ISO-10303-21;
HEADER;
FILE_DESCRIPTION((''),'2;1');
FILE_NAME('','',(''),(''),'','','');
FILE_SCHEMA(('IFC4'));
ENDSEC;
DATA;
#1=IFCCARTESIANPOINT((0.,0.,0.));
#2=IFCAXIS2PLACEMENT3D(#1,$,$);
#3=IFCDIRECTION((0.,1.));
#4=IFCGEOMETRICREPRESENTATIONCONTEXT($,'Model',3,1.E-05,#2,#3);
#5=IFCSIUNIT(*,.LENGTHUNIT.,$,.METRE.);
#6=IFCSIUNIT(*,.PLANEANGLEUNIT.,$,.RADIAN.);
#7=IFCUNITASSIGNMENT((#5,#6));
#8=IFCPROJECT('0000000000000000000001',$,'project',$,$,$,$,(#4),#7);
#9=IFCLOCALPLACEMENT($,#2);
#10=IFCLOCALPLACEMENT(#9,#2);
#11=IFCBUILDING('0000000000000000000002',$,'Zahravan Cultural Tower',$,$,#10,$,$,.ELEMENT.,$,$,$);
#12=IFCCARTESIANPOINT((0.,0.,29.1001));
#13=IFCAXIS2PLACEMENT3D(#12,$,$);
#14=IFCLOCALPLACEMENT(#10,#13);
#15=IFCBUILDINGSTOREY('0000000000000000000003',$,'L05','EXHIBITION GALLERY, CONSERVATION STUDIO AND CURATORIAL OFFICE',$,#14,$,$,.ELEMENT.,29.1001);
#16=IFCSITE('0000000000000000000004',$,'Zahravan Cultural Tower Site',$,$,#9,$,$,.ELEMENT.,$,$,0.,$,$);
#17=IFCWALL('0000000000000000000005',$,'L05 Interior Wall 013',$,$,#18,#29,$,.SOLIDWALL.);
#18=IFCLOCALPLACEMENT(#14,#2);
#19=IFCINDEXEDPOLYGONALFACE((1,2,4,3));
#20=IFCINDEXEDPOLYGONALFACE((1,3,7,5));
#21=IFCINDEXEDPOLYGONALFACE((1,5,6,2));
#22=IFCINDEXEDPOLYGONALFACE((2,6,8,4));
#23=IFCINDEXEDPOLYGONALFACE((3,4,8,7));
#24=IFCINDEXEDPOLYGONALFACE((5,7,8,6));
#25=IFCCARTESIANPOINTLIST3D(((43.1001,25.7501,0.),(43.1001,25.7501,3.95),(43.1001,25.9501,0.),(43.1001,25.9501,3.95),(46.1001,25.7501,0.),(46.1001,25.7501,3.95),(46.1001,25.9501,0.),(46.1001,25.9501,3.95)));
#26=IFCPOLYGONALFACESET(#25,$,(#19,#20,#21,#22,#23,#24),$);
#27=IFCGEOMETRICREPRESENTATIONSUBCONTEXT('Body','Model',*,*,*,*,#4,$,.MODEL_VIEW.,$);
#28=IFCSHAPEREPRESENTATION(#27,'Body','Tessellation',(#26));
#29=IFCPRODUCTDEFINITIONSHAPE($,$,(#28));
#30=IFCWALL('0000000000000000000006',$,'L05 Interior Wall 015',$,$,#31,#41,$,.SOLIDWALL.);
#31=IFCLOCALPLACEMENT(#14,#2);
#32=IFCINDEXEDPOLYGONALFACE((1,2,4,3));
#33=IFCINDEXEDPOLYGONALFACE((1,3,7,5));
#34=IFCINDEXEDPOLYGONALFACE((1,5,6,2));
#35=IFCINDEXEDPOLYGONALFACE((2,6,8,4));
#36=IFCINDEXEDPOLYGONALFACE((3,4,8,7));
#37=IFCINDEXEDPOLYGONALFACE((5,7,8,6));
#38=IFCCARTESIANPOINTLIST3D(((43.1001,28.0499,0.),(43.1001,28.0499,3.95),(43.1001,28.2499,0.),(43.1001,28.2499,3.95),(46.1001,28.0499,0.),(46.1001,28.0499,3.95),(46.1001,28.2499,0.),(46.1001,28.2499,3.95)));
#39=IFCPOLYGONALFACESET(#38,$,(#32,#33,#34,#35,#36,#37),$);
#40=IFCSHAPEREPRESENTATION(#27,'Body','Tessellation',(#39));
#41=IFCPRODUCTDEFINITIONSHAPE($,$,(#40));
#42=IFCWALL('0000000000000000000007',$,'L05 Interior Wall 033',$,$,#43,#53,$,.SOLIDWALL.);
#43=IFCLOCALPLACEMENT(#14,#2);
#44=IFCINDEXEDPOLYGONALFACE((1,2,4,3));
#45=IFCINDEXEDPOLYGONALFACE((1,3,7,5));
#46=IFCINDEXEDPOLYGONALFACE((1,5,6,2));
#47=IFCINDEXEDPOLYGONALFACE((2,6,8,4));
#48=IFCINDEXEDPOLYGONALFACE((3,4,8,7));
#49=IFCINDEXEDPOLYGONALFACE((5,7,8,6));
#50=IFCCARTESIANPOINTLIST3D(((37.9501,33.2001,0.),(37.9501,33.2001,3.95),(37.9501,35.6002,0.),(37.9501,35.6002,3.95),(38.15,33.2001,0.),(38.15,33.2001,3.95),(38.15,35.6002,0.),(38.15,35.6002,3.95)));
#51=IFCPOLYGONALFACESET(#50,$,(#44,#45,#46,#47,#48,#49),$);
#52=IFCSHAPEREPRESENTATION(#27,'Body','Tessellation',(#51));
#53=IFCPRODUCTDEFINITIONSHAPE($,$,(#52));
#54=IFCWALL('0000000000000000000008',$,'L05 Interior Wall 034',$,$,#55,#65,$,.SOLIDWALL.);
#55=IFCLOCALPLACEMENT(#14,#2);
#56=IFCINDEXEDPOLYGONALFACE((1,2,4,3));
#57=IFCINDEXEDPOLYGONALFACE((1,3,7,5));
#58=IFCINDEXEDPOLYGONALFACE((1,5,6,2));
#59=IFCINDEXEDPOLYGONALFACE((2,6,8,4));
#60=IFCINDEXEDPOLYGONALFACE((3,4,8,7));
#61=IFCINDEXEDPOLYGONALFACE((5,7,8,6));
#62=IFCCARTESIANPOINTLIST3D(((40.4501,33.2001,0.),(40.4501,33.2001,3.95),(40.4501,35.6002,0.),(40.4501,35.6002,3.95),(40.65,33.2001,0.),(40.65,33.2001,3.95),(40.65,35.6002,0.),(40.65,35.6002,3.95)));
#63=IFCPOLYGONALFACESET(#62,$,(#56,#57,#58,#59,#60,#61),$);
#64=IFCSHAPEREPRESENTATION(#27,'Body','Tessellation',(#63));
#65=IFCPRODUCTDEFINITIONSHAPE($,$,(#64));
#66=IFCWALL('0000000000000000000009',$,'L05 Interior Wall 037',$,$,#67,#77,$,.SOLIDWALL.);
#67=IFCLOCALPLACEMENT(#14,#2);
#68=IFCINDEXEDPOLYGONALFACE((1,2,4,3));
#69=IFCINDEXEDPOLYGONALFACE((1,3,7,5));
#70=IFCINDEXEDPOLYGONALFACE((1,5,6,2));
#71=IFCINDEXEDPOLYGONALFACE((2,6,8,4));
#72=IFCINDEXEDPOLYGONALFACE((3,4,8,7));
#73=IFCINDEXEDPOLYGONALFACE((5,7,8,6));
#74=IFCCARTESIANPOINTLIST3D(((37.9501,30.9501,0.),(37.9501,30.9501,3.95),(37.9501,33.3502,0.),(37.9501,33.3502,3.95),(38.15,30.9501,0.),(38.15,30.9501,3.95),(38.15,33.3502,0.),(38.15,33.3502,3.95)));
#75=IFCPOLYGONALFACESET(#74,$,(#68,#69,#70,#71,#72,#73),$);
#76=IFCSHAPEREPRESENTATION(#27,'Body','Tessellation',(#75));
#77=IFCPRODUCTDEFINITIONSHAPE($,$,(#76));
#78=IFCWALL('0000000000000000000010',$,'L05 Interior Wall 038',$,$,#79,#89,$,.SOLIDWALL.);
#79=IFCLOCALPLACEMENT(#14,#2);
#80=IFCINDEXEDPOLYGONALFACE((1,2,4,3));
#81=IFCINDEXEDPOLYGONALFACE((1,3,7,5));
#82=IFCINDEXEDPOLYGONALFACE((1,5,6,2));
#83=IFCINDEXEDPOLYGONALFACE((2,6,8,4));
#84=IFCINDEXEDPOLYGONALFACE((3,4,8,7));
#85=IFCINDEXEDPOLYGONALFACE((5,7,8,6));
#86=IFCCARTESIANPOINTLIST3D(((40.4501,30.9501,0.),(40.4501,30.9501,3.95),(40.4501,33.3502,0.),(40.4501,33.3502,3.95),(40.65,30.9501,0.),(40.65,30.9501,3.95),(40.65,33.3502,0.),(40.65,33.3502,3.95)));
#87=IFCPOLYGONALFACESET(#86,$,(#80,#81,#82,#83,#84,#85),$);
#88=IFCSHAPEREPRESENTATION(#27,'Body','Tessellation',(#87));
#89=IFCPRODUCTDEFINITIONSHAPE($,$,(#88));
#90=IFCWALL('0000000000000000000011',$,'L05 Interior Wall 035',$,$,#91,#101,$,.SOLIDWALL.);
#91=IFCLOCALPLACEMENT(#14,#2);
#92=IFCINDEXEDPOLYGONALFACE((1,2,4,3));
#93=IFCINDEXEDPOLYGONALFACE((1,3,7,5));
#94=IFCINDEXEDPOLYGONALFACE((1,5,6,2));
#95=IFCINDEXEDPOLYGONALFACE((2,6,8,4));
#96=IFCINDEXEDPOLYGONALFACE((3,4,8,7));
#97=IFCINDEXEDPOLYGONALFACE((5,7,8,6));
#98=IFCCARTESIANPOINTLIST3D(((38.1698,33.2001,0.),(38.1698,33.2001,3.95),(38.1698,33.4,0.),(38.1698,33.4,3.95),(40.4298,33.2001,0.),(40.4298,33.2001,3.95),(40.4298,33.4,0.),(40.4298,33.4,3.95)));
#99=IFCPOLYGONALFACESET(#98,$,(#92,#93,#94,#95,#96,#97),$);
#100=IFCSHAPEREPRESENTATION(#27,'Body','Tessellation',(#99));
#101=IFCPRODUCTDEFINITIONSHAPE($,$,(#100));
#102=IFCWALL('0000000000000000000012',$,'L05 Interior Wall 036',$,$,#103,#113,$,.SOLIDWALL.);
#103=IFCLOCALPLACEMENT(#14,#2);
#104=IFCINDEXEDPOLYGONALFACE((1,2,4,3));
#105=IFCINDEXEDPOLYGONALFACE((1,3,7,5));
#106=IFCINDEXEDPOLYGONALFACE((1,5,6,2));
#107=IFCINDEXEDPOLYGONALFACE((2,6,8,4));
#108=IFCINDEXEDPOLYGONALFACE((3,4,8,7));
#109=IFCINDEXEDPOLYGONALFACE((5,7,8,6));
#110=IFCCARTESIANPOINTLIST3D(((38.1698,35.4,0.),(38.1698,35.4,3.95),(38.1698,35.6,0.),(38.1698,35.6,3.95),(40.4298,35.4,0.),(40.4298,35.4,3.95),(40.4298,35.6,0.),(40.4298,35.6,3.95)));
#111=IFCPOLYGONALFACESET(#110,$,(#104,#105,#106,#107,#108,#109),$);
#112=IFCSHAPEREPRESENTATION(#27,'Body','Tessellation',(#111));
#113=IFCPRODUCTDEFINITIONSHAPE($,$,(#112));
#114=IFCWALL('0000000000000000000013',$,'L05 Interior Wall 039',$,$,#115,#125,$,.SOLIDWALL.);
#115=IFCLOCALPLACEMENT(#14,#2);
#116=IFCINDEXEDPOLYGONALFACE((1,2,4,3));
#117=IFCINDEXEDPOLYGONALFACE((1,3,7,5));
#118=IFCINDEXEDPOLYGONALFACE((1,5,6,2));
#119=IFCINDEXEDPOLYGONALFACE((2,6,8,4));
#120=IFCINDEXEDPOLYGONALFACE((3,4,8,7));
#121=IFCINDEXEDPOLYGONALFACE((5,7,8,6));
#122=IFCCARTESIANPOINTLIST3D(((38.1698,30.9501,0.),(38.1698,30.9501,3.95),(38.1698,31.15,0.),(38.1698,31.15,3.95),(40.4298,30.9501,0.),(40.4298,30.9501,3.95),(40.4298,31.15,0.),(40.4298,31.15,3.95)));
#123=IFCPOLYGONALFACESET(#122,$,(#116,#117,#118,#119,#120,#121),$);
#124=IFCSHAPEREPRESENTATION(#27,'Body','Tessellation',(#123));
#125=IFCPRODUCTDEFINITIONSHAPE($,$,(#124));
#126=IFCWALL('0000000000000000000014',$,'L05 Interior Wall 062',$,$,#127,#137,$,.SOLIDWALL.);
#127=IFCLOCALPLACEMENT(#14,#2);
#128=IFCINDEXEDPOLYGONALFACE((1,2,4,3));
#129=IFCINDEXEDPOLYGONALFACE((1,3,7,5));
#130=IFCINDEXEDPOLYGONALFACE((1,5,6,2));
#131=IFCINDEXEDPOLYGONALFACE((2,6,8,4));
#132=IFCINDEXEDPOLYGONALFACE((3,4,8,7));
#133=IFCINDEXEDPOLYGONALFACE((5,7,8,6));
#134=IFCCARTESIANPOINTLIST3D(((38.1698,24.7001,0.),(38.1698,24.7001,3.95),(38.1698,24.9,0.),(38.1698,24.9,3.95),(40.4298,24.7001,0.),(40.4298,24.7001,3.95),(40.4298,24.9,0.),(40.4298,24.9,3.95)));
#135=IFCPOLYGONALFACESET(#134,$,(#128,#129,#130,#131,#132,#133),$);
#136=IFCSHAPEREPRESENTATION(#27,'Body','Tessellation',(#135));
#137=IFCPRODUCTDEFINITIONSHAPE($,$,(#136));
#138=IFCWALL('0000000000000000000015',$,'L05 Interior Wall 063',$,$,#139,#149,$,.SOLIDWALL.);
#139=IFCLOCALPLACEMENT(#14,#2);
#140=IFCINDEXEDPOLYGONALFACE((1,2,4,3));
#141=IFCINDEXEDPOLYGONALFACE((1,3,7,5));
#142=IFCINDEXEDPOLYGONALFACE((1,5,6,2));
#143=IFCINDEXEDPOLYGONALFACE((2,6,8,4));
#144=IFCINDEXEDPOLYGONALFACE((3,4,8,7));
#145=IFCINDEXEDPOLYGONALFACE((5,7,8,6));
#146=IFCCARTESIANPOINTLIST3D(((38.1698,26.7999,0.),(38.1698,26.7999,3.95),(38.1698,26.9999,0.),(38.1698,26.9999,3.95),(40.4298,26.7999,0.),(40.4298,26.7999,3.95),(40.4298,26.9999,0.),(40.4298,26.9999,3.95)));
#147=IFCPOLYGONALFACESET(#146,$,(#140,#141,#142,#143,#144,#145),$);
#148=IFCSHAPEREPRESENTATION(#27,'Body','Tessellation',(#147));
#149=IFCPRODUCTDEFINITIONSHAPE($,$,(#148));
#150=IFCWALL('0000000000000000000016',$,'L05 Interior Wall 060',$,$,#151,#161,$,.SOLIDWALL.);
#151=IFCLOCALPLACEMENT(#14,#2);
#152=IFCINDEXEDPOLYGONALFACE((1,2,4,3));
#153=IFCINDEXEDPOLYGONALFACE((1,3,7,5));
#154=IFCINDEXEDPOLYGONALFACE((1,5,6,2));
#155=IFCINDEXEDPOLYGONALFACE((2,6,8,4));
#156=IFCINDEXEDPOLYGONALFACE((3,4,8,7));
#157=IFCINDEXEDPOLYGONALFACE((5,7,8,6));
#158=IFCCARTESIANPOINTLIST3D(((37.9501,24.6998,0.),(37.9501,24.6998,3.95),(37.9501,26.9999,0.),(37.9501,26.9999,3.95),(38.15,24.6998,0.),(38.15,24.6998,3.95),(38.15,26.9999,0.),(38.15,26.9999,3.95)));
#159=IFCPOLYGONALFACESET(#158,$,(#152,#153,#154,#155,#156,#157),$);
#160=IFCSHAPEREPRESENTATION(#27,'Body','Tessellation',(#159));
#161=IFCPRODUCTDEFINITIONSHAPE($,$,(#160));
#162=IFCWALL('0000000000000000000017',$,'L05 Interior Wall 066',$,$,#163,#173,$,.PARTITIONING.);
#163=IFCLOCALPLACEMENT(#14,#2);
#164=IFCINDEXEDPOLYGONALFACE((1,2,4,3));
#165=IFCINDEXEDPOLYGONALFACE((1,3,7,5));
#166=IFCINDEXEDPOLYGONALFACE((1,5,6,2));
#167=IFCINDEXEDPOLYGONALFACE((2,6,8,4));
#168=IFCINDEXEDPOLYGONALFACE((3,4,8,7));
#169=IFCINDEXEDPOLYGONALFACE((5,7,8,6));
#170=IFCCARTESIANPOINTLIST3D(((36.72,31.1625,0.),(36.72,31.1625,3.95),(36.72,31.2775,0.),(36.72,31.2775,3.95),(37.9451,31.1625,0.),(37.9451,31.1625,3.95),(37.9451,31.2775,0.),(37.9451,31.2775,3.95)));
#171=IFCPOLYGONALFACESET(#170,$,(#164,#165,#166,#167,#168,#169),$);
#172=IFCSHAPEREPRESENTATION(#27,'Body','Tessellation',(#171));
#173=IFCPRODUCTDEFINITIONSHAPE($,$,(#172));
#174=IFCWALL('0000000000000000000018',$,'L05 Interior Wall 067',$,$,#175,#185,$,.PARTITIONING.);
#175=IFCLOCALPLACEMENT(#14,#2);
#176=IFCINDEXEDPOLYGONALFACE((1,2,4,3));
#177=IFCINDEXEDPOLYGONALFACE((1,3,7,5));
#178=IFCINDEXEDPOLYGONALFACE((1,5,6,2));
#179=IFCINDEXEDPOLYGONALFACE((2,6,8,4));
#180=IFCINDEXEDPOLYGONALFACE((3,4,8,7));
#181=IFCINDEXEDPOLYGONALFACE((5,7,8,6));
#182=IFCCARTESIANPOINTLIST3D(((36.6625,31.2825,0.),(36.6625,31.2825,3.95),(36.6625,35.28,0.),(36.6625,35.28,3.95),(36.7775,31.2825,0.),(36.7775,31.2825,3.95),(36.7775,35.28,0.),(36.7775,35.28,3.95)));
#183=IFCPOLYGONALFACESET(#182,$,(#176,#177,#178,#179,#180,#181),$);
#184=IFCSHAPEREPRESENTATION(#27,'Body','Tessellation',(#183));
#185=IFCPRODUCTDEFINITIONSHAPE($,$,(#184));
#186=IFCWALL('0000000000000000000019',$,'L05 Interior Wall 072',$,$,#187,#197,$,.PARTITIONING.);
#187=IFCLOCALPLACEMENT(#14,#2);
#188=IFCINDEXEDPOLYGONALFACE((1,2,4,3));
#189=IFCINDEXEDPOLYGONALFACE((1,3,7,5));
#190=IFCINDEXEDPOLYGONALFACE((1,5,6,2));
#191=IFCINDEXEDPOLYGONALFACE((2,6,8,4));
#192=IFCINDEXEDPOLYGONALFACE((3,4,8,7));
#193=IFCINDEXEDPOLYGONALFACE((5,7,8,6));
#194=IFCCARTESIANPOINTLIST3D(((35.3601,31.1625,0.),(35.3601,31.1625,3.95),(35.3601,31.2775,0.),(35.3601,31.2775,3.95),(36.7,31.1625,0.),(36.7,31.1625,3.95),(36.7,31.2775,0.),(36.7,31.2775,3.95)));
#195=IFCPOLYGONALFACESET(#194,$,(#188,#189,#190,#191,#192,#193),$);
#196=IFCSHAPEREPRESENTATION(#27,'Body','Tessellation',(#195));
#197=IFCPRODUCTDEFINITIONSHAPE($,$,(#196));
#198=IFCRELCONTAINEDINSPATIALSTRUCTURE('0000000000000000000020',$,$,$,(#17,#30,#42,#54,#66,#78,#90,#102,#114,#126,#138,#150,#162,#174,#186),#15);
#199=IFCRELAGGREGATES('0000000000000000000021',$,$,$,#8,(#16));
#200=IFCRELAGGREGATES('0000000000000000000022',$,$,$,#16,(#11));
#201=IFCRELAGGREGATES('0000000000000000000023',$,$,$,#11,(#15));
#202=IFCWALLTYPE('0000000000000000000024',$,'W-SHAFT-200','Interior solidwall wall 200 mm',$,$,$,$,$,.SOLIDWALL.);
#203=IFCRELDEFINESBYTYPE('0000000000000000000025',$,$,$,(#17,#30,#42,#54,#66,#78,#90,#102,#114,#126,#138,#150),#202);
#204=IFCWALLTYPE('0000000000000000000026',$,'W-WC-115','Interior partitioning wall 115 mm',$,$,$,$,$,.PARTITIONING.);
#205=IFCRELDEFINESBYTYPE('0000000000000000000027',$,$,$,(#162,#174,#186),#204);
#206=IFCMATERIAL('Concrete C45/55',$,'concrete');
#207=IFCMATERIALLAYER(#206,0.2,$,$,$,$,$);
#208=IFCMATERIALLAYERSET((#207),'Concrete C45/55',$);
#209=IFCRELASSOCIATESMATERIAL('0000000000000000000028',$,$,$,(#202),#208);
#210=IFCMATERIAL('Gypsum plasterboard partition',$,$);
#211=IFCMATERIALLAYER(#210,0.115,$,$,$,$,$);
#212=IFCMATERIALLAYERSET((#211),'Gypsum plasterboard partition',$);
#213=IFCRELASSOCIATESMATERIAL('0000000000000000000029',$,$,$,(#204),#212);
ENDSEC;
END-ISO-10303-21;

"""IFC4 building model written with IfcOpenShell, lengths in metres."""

from ifc_helpers import new_model, si_unit, direction, frame, frame_2d, origin, place, context, subcontext, project, spatial, rectangle, extrude, source, transform, mapped, material, layer, layer_set, type_object, element, save


model = new_model("IFC4")

# Units and contexts
model_context = context("Model", 3, precision=1e-05, world=origin(), true_north=direction((0.0, 1.0)))
body_context = subcontext(model_context, "Body", "Model", "MODEL_VIEW")
ifc_project = project(units=[si_unit("LENGTHUNIT", "METRE"), si_unit("PLANEANGLEUNIT", "RADIAN")], contexts=[model_context])

# Site, building, storey
site_placement = place(None, origin())
site = spatial("IfcSite", under=ifc_project, at=site_placement, Name="Zahravan Cultural Tower Site", CompositionType="ELEMENT", RefElevation=0.0)
building_placement = place(site_placement, origin())
building = spatial("IfcBuilding", under=site, at=building_placement, Name="Zahravan Cultural Tower", CompositionType="ELEMENT")
storey_placement = place(building_placement, frame((0.0, 0.0, 29.1001)))
storey = spatial("IfcBuildingStorey", under=building, at=storey_placement, Name="L05", Description="EXHIBITION GALLERY, CONSERVATION STUDIO AND CURATORIAL OFFICE", CompositionType="ELEMENT", Elevation=29.1001)

# Shared definitions
ifc_material_1 = material(Name="Gypsum plasterboard partition")
ifc_material_2 = material(Name="Concrete C45/55", Category="concrete")
ifc_layer_1 = layer(ifc_material_2, 0.2)
ifc_layer_set_1 = layer_set([ifc_layer_1], Name="Concrete C45/55")
wall_type_1 = type_object("IfcWallType", Name="W-SHAFT-200", Description="Interior solidwall wall 200 mm", PredefinedType="SOLIDWALL", material=ifc_layer_set_1)
ifc_layer_2 = layer(ifc_material_1, 0.115)
ifc_layer_set_2 = layer_set([ifc_layer_2], Name="Gypsum plasterboard partition")
wall_type_2 = type_object("IfcWallType", Name="W-WC-115", Description="Interior partitioning wall 115 mm", PredefinedType="PARTITIONING", material=ifc_layer_set_2)

# Walls
shared_shape_1 = source(origin(), body_context, "Body", "SweptSolid", [
    extrude(rectangle(XDim=3.0, YDim=0.2, at=frame_2d((1.5, 0.0))), origin(), (0.0, 0.0, 1.0), 3.95),
])
for number, where, z_axis, x_axis, name in (
    (1, (43.1001, 25.8501, 0.0), (0.0, 0.0, 1.0), (1.0, 0.0, 0.0), "L05 Interior Wall 013"),
    (2, (43.1001, 28.1499, 0.0), (0.0, 0.0, 1.0), (1.0, 0.0, 0.0), "L05 Interior Wall 015"),
):
    element("IfcWall", number, at=place(storey_placement, frame(where, z_axis=z_axis, x_axis=x_axis)), inside=storey, type_object=wall_type_1, Name=name, PredefinedType="SOLIDWALL", context=body_context, shape_type="MappedRepresentation", body=[
        mapped(shared_shape_1, transform((0.0, 0.0, 0.0), x_axis=(1.0, 0.0, 0.0), y_axis=(0.0, 1.0, 0.0), z_axis=(0.0, 0.0, 1.0), scale=1.0)),
    ])
shared_shape_2 = source(origin(), body_context, "Body", "SweptSolid", [
    extrude(rectangle(XDim=2.4001, YDim=0.2, at=frame_2d((1.2002, 0.0))), origin(), (0.0, 0.0, 1.0), 3.95),
])
for number, where, z_axis, x_axis, name in (
    (3, (38.05, 33.2, 0.0), (0.0, 0.0, 1.0), (0.0, 1.0, 0.0), "L05 Interior Wall 033"),
    (4, (40.55, 33.2, 0.0), (0.0, 0.0, 1.0), (0.0, 1.0, 0.0), "L05 Interior Wall 034"),
    (5, (38.05, 30.95, 0.0), (0.0, 0.0, 1.0), (0.0, 1.0, 0.0), "L05 Interior Wall 037"),
    (6, (40.55, 30.95, 0.0), (0.0, 0.0, 1.0), (0.0, 1.0, 0.0), "L05 Interior Wall 038"),
):
    element("IfcWall", number, at=place(storey_placement, frame(where, z_axis=z_axis, x_axis=x_axis)), inside=storey, type_object=wall_type_1, Name=name, PredefinedType="SOLIDWALL", context=body_context, shape_type="MappedRepresentation", body=[
        mapped(shared_shape_2, transform((0.0, 0.0, 0.0), x_axis=(1.0, 0.0, 0.0), y_axis=(0.0, 1.0, 0.0), z_axis=(0.0, 0.0, 1.0), scale=1.0)),
    ])
shared_shape_3 = source(origin(), body_context, "Body", "SweptSolid", [
    extrude(rectangle(XDim=2.26, YDim=0.2, at=frame_2d((1.1299, 0.0))), origin(), (0.0, 0.0, 1.0), 3.95),
])
for number, where, z_axis, x_axis, name in (
    (7, (38.1699, 33.3, 0.0), (0.0, 0.0, 1.0), (1.0, 0.0, 0.0), "L05 Interior Wall 035"),
    (8, (38.1699, 35.5, 0.0), (0.0, 0.0, 1.0), (1.0, 0.0, 0.0), "L05 Interior Wall 036"),
    (9, (38.1699, 31.05, 0.0), (0.0, 0.0, 1.0), (1.0, 0.0, 0.0), "L05 Interior Wall 039"),
    (10, (38.1699, 24.8, 0.0), (0.0, 0.0, 1.0), (1.0, 0.0, 0.0), "L05 Interior Wall 062"),
    (11, (38.1699, 26.8999, 0.0), (0.0, 0.0, 1.0), (1.0, 0.0, 0.0), "L05 Interior Wall 063"),
):
    element("IfcWall", number, at=place(storey_placement, frame(where, z_axis=z_axis, x_axis=x_axis)), inside=storey, type_object=wall_type_1, Name=name, PredefinedType="SOLIDWALL", context=body_context, shape_type="MappedRepresentation", body=[
        mapped(shared_shape_3, transform((0.0, 0.0, 0.0), x_axis=(1.0, 0.0, 0.0), y_axis=(0.0, 1.0, 0.0), z_axis=(0.0, 0.0, 1.0), scale=1.0)),
    ])
shared_shape_4 = source(origin(), body_context, "Body", "SweptSolid", [
    extrude(rectangle(XDim=2.3, YDim=0.2, at=frame_2d((1.1499, 0.0))), origin(), (0.0, 0.0, 1.0), 3.95),
])
wall_1_placement = place(storey_placement, frame((38.05, 24.7, 0.0), z_axis=(0.0, 0.0, 1.0), x_axis=(0.0, 1.0, 0.0)))
element("IfcWall", 12, at=wall_1_placement, inside=storey, type_object=wall_type_1, Name="L05 Interior Wall 060", PredefinedType="SOLIDWALL", context=body_context, shape_type="MappedRepresentation", body=[
    mapped(shared_shape_4, transform((0.0, 0.0, 0.0), x_axis=(1.0, 0.0, 0.0), y_axis=(0.0, 1.0, 0.0), z_axis=(0.0, 0.0, 1.0), scale=1.0)),
])
shared_shape_5 = source(origin(), body_context, "Body", "SweptSolid", [
    extrude(rectangle(XDim=1.2251, YDim=0.115, at=frame_2d((0.6125, 0.0))), origin(), (0.0, 0.0, 1.0), 3.95),
])
wall_2_placement = place(storey_placement, frame((37.9451, 31.22, 0.0), z_axis=(0.0, 0.0, 1.0), x_axis=(-1.0, 0.0, 0.0)))
element("IfcWall", 13, at=wall_2_placement, inside=storey, type_object=wall_type_2, Name="L05 Interior Wall 066", PredefinedType="PARTITIONING", context=body_context, shape_type="MappedRepresentation", body=[
    mapped(shared_shape_5, transform((0.0, 0.0, 0.0), x_axis=(1.0, 0.0, 0.0), y_axis=(0.0, 1.0, 0.0), z_axis=(0.0, 0.0, 1.0), scale=1.0)),
])
shared_shape_6 = source(origin(), body_context, "Body", "SweptSolid", [
    extrude(rectangle(XDim=3.9976, YDim=0.115, at=frame_2d((1.9988, 0.0))), origin(), (0.0, 0.0, 1.0), 3.95),
])
wall_3_placement = place(storey_placement, frame((36.72, 31.2825, 0.0), z_axis=(0.0, 0.0, 1.0), x_axis=(0.0, 1.0, 0.0)))
element("IfcWall", 14, at=wall_3_placement, inside=storey, type_object=wall_type_2, Name="L05 Interior Wall 067", PredefinedType="PARTITIONING", context=body_context, shape_type="MappedRepresentation", body=[
    mapped(shared_shape_6, transform((0.0, 0.0, 0.0), x_axis=(1.0, 0.0, 0.0), y_axis=(0.0, 1.0, 0.0), z_axis=(0.0, 0.0, 1.0), scale=1.0)),
])
shared_shape_7 = source(origin(), body_context, "Body", "SweptSolid", [
    extrude(rectangle(XDim=1.3398, YDim=0.115, at=frame_2d((0.6699, 0.0))), origin(), (0.0, 0.0, 1.0), 3.95),
])
wall_4_placement = place(storey_placement, frame((36.7, 31.22, 0.0), z_axis=(0.0, 0.0, 1.0), x_axis=(-1.0, 0.0, 0.0)))
element("IfcWall", 15, at=wall_4_placement, inside=storey, type_object=wall_type_2, Name="L05 Interior Wall 072", PredefinedType="PARTITIONING", context=body_context, shape_type="MappedRepresentation", body=[
    mapped(shared_shape_7, transform((0.0, 0.0, 0.0), x_axis=(1.0, 0.0, 0.0), y_axis=(0.0, 1.0, 0.0), z_axis=(0.0, 0.0, 1.0), scale=1.0)),
])

save(model, "model.ifc")
